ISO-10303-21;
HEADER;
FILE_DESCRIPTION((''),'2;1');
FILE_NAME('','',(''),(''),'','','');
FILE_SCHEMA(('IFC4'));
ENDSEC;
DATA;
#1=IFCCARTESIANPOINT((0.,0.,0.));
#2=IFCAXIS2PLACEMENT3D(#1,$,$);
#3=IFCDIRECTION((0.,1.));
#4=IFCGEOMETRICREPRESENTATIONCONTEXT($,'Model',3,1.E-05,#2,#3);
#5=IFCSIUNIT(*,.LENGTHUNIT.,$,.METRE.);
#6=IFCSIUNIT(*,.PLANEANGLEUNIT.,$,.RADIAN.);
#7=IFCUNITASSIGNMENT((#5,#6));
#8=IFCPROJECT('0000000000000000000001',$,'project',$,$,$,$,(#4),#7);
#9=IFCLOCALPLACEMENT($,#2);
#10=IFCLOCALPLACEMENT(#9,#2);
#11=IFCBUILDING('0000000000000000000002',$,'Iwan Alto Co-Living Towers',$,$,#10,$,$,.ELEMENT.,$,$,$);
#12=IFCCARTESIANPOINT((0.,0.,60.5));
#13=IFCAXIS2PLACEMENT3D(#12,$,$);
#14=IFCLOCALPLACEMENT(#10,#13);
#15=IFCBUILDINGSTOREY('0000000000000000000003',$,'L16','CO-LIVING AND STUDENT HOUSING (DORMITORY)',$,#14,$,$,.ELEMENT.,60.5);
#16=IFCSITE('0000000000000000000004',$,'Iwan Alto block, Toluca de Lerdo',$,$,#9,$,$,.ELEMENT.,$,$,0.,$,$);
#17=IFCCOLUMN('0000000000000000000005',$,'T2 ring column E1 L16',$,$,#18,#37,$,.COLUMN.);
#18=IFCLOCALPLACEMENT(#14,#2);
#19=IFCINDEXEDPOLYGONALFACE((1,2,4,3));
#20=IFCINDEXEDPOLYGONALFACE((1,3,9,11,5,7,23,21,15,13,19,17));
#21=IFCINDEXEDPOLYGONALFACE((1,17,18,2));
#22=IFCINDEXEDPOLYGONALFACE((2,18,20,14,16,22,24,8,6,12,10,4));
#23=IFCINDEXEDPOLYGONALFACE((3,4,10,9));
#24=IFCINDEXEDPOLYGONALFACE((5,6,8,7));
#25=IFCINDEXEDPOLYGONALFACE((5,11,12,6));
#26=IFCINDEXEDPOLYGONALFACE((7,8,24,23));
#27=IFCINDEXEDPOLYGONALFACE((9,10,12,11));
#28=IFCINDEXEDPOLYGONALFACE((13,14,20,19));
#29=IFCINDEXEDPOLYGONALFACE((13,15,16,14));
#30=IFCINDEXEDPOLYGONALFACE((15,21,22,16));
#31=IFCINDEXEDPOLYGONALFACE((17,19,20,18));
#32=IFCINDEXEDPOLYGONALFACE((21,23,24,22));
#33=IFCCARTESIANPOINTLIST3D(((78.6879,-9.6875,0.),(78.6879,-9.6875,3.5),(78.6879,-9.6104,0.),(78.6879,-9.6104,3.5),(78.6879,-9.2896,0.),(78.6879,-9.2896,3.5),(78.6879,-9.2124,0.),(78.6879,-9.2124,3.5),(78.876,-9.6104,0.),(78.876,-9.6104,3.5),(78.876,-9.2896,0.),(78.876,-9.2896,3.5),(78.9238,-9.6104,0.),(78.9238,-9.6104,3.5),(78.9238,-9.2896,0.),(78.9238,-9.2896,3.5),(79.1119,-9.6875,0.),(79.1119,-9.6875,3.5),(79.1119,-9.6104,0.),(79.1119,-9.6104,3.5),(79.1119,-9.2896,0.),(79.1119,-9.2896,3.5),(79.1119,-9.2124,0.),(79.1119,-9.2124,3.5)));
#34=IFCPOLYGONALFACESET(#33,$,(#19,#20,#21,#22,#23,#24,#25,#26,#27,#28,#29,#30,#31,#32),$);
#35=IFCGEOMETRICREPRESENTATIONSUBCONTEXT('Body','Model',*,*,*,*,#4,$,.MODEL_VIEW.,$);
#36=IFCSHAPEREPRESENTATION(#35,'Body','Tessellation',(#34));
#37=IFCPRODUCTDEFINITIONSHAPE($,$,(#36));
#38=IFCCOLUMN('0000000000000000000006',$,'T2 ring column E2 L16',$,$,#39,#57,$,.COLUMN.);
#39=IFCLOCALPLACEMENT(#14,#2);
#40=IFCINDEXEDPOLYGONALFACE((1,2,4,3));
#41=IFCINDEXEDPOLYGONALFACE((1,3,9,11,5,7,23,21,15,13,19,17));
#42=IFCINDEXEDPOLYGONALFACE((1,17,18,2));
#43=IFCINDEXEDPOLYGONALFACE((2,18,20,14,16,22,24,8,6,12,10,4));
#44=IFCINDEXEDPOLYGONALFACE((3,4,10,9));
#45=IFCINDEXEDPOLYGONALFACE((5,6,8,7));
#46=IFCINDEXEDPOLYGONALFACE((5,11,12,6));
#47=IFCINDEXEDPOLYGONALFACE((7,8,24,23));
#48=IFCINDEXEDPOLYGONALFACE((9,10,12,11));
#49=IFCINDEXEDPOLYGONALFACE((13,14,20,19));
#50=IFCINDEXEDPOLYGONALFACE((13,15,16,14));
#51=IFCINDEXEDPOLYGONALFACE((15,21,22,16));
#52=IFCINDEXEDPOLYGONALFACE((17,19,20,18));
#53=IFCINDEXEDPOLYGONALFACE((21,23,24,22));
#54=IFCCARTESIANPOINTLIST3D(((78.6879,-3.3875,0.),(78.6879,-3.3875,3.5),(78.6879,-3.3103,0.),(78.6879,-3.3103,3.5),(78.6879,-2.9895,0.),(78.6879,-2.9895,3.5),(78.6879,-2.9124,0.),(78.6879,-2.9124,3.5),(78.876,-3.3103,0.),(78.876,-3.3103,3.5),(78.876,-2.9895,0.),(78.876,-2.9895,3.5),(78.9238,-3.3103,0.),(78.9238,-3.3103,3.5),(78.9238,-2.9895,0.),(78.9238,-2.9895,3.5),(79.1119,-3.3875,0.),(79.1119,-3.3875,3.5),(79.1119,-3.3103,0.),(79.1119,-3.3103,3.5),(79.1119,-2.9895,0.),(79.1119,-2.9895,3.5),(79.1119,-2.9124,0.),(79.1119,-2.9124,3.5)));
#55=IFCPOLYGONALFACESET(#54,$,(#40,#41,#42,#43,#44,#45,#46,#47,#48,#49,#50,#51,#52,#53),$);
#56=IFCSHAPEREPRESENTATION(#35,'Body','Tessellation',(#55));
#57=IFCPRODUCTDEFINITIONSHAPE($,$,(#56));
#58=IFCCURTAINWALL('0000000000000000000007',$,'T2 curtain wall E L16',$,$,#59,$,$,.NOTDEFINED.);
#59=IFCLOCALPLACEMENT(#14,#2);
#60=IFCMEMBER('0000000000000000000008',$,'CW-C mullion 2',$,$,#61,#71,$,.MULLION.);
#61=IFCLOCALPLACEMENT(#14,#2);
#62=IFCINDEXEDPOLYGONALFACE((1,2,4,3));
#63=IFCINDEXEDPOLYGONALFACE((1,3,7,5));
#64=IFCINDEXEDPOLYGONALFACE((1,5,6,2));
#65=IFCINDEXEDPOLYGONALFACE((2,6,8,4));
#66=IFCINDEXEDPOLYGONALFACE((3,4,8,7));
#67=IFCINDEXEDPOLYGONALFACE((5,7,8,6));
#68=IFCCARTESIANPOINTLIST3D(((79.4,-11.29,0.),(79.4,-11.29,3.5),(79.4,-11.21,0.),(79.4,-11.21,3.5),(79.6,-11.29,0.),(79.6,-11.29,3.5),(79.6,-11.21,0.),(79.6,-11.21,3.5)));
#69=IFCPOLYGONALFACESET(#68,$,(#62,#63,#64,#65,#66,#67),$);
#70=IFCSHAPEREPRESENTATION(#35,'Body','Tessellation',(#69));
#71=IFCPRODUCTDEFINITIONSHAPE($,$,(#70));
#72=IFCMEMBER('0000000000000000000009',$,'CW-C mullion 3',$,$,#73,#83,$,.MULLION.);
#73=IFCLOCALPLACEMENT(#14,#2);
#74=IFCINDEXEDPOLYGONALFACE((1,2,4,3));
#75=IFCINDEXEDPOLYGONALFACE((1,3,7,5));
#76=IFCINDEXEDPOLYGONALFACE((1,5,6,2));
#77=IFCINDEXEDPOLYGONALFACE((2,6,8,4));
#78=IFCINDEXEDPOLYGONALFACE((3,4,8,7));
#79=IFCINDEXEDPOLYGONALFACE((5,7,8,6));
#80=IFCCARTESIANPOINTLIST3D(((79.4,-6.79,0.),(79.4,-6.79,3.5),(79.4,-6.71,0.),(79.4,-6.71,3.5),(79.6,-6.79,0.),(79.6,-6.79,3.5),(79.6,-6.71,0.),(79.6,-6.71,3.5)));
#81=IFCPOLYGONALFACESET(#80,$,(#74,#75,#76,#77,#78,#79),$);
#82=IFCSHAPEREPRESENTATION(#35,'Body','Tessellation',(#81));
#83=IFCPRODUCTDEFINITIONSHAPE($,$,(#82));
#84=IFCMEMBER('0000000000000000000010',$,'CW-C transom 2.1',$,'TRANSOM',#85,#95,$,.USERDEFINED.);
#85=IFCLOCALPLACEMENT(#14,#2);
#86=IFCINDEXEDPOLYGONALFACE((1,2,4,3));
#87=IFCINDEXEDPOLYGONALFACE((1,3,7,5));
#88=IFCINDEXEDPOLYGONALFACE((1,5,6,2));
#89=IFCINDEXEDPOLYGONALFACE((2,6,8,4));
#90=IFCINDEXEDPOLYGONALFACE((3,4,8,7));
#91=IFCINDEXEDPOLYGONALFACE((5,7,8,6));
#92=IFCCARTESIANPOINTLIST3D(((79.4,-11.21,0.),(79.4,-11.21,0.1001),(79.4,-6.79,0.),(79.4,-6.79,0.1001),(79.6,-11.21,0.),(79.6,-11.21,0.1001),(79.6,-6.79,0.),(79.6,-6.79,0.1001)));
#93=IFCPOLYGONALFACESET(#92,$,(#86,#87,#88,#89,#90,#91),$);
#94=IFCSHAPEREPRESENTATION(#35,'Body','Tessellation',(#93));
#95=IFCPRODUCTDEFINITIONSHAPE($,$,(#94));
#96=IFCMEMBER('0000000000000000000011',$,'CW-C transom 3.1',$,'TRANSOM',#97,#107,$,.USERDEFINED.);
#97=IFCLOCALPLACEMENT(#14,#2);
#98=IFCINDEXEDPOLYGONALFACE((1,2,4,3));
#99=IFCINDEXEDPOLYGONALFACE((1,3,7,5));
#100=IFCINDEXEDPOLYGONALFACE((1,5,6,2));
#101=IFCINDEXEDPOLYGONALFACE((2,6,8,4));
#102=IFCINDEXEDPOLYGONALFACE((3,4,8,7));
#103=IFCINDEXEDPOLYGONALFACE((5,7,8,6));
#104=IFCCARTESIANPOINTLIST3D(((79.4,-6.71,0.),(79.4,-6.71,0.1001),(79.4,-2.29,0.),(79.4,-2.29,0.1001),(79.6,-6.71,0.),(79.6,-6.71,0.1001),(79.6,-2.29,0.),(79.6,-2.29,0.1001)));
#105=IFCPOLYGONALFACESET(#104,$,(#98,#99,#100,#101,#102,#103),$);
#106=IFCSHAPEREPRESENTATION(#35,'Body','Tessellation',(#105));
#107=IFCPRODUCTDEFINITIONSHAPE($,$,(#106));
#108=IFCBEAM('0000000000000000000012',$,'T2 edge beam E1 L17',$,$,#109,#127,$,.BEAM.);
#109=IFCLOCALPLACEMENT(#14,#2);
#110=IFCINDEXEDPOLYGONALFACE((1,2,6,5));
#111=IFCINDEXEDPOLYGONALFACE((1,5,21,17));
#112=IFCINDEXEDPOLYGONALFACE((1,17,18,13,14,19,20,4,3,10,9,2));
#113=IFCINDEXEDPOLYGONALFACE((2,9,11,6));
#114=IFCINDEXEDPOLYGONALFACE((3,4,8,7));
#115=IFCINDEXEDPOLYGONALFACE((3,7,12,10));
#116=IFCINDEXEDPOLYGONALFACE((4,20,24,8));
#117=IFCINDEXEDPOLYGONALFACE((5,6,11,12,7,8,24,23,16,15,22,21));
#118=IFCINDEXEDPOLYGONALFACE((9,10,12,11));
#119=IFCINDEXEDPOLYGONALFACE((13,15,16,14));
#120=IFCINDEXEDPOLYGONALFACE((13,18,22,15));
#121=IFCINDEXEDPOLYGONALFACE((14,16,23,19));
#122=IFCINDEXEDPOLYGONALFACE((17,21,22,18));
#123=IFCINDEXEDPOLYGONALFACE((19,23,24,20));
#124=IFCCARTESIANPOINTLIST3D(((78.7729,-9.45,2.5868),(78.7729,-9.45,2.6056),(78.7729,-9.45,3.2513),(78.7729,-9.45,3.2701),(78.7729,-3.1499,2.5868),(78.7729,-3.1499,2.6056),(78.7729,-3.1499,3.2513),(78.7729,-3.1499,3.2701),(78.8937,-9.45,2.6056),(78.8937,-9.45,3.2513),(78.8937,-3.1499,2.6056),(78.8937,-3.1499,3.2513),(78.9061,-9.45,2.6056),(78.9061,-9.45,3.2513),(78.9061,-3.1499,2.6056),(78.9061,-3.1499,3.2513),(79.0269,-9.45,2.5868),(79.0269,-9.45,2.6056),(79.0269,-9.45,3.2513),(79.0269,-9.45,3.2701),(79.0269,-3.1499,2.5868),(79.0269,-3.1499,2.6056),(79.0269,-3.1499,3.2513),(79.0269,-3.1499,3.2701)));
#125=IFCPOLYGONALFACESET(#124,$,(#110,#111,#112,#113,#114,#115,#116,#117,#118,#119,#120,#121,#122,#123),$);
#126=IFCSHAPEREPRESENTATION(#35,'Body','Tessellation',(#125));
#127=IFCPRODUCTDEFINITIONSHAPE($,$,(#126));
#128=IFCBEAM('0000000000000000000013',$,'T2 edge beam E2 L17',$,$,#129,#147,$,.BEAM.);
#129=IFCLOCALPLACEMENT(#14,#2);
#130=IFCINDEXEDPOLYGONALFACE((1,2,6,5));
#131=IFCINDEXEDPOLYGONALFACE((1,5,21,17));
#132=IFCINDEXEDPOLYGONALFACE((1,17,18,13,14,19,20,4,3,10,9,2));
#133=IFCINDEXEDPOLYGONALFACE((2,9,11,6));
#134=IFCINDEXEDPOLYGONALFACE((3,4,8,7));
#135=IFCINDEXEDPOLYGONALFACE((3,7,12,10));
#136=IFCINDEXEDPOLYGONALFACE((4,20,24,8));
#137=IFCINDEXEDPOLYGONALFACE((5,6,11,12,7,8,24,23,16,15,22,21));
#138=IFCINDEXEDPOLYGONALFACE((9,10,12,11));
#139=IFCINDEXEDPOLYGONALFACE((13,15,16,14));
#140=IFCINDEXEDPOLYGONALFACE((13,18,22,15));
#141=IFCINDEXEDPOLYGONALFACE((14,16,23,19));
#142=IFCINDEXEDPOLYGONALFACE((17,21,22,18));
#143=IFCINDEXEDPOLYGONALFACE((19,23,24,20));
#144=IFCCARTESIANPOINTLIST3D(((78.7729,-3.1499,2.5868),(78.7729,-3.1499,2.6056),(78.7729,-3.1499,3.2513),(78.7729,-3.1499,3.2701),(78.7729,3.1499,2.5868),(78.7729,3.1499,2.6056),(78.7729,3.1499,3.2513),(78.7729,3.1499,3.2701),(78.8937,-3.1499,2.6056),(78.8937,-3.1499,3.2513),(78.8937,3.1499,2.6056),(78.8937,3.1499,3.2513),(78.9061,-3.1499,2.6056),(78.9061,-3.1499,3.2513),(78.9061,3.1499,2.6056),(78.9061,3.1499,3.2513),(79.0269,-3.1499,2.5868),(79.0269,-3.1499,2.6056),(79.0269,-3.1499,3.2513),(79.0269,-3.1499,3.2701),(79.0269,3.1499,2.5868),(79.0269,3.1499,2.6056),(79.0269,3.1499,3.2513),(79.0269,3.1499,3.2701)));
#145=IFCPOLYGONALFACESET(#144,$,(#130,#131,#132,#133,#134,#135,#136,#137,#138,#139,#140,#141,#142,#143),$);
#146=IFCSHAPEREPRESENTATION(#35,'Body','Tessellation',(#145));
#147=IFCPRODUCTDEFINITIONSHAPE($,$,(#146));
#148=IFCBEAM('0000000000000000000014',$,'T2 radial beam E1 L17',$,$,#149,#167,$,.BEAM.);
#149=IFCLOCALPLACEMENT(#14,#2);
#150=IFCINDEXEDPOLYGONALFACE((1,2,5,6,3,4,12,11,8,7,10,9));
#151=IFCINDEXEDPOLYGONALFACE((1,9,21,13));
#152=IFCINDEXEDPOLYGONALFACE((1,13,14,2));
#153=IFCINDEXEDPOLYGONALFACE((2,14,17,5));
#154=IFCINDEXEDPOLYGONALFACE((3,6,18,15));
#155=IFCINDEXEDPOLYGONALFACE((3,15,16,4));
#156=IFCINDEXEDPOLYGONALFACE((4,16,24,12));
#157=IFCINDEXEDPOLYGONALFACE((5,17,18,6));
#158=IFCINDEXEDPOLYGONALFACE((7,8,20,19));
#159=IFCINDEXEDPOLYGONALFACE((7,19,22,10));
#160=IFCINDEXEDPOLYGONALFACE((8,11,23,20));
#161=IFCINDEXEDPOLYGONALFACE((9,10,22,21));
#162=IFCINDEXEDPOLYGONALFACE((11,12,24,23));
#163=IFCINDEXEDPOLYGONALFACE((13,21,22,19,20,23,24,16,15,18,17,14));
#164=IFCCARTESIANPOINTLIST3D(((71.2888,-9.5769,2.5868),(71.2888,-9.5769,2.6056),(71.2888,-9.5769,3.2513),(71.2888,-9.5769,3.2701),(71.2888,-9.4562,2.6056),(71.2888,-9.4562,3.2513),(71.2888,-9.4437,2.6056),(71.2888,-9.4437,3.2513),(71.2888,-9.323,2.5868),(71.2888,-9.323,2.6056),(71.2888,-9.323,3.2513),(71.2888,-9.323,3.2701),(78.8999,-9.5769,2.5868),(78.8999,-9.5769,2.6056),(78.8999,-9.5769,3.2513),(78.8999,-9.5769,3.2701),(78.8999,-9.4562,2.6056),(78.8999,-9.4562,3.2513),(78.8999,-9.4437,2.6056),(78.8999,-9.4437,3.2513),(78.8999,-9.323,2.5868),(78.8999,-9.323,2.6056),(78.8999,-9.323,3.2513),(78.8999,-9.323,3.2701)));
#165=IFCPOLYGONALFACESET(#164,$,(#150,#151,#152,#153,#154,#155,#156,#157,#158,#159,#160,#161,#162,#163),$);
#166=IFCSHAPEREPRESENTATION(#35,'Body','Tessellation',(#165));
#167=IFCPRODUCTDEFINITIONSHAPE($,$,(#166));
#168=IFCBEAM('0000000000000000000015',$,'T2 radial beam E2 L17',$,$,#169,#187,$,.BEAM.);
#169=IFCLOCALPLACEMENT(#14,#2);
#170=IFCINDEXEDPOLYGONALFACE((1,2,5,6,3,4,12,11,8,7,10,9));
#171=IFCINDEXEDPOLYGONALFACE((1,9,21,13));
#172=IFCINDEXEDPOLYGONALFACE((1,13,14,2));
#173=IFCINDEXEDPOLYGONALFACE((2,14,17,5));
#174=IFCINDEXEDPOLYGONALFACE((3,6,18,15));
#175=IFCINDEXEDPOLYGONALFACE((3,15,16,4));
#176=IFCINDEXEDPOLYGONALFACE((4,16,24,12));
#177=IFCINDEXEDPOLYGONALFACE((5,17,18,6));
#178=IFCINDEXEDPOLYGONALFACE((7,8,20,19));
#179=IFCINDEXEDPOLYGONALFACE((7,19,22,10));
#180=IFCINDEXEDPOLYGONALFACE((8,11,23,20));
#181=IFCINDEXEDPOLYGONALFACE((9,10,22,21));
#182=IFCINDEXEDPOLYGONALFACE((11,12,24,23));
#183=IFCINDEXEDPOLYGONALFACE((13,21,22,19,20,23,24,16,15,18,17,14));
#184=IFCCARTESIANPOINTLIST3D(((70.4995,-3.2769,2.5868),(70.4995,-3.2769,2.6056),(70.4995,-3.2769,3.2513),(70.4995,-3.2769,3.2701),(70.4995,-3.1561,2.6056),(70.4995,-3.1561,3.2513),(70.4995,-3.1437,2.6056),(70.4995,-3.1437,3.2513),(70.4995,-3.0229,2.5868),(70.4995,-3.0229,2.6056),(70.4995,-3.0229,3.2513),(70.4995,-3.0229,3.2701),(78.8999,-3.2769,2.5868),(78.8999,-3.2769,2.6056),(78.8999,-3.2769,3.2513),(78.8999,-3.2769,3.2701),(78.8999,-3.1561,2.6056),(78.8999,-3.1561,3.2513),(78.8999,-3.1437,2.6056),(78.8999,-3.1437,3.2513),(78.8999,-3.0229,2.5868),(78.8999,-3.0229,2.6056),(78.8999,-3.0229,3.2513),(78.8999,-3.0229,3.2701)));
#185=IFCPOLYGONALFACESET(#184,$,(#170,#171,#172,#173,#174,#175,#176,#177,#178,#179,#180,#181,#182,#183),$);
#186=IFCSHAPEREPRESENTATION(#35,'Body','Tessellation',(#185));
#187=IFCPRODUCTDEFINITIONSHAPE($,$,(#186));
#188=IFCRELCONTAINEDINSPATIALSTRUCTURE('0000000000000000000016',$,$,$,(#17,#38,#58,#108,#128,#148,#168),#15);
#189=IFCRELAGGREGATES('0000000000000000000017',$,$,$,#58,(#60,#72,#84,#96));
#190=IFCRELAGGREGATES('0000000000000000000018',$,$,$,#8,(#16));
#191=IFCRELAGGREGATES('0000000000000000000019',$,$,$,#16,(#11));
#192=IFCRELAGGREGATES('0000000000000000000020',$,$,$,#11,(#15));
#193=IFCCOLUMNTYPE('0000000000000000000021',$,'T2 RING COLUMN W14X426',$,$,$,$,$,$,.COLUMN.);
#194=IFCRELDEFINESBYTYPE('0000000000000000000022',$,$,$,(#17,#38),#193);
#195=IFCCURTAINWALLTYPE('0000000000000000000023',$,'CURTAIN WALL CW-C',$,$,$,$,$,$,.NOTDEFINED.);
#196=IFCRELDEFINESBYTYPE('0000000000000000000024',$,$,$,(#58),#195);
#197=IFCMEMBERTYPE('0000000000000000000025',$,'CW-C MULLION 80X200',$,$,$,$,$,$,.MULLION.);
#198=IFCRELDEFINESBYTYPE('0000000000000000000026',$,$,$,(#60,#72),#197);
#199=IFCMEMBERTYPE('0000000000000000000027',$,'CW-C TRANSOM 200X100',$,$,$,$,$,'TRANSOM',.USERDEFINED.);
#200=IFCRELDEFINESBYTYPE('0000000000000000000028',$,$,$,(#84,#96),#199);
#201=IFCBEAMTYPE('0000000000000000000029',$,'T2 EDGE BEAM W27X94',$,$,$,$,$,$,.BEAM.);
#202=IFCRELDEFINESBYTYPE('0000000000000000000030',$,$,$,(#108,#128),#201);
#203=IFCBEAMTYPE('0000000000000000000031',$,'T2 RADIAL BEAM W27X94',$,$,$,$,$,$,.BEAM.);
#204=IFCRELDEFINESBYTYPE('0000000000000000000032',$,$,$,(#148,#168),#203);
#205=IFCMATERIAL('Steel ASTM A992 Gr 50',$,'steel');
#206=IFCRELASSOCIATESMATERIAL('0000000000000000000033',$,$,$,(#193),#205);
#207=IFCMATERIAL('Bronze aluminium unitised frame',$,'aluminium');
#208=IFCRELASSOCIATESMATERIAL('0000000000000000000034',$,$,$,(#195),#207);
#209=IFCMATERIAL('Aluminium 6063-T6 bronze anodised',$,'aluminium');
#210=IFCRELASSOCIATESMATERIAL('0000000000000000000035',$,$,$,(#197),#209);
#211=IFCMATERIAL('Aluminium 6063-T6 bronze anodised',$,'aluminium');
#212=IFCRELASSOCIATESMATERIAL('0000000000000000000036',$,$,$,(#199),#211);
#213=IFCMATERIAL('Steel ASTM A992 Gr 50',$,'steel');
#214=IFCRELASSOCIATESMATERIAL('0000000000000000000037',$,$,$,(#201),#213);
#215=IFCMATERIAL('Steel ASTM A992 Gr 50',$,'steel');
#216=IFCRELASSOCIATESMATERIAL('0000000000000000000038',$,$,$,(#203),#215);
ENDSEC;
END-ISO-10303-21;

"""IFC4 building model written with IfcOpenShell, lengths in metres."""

from ifc_helpers import new_model, si_unit, direction, frame, origin, origin_2d, place, context, subcontext, project, spatial, rectangle, i_section, extrude, material, material_profile, profile_set, type_object, element, aggregate, save


model = new_model("IFC4")

# Units and contexts
model_context = context("Model", 3, precision=1e-05, world=origin(), true_north=direction((0.0, 1.0)))
body_context = subcontext(model_context, "Body", "Model", "MODEL_VIEW")
ifc_project = project(units=[si_unit("LENGTHUNIT", "METRE"), si_unit("PLANEANGLEUNIT", "RADIAN")], contexts=[model_context])

# Site, building, storey
site_placement = place(None, origin())
site = spatial("IfcSite", under=ifc_project, at=site_placement, Name="Iwan Alto block, Toluca de Lerdo", CompositionType="ELEMENT", RefElevation=0.0)
building_placement = place(site_placement, origin())
building = spatial("IfcBuilding", under=site, at=building_placement, Name="Iwan Alto Co-Living Towers", CompositionType="ELEMENT")
storey_placement = place(building_placement, frame((0.0, 0.0, 60.5)))
storey = spatial("IfcBuildingStorey", under=building, at=storey_placement, Name="L16", Description="CO-LIVING AND STUDENT HOUSING (DORMITORY)", CompositionType="ELEMENT", Elevation=60.5)

# Columns
ifc_material_1 = material(Name="Steel ASTM A992 Gr 50", Category="steel")
ifc_material_profile_1 = material_profile(ifc_material_1, i_section(OverallWidth=0.4241, OverallDepth=0.4751, WebThickness=0.0479, FlangeThickness=0.0771, at=origin_2d()), Name="W14X426")
ifc_profile_set_1 = profile_set([ifc_material_profile_1], Name="Steel ASTM A992 Gr 50")
column_type = type_object("IfcColumnType", Name="T2 RING COLUMN W14X426", PredefinedType="COLUMN", material=ifc_profile_set_1)
for number, where, z_axis, x_axis, name in (
    (1, (78.8999, -9.45, 0.0), (0.0, 0.0, 1.0), (1.0, 0.0, 0.0), "T2 ring column E1 L16"),
    (2, (78.8999, -3.1499, 0.0), (0.0, 0.0, 1.0), (1.0, 0.0, 0.0), "T2 ring column E2 L16"),
):
    element("IfcColumn", number, at=place(storey_placement, frame(where, z_axis=z_axis, x_axis=x_axis)), inside=storey, type_object=column_type, Name=name, PredefinedType="COLUMN", context=body_context, shape_type="SweptSolid", body=[
        extrude(i_section(OverallWidth=0.4241, OverallDepth=0.4751, WebThickness=0.0479, FlangeThickness=0.0771, at=origin_2d()), origin(), (0.0, 0.0, 1.0), 3.5),
    ])

# Curtain wall, members
ifc_material_2 = material(Name="Bronze aluminium unitised frame", Category="aluminium")
curtain_wall_type = type_object("IfcCurtainWallType", Name="CURTAIN WALL CW-C", PredefinedType="NOTDEFINED", material=ifc_material_2)
curtain_wall_placement = place(storey_placement, origin())
curtain_wall = element("IfcCurtainWall", 3, at=curtain_wall_placement, inside=storey, type_object=curtain_wall_type, Name="T2 curtain wall E L16", PredefinedType="NOTDEFINED")
ifc_material_3 = material(Name="Aluminium 6063-T6 bronze anodised", Category="aluminium")
ifc_material_profile_2 = material_profile(ifc_material_3, rectangle(XDim=0.2, YDim=0.0801, at=origin_2d()), Name="AL 80X200")
ifc_profile_set_2 = profile_set([ifc_material_profile_2], Name="Aluminium 6063-T6 bronze anodised")
member_type_1 = type_object("IfcMemberType", Name="CW-C MULLION 80X200", PredefinedType="MULLION", material=ifc_profile_set_2)
member_1_placement = place(storey_placement, frame((79.5, -11.25, 0.0), z_axis=(0.0, 0.0, 1.0), x_axis=(-1.0, 0.0, 0.0)))
member_1 = element("IfcMember", 4, at=member_1_placement, type_object=member_type_1, Name="CW-C mullion 2", PredefinedType="MULLION", context=body_context, shape_type="SweptSolid", body=[
    extrude(rectangle(XDim=0.2, YDim=0.0801, at=origin_2d()), origin(), (0.0, 0.0, 1.0), 3.5),
])
member_2_placement = place(storey_placement, frame((79.5, -6.75, 0.0), z_axis=(0.0, 0.0, 1.0), x_axis=(-1.0, 0.0, 0.0)))
member_2 = element("IfcMember", 5, at=member_2_placement, type_object=member_type_1, Name="CW-C mullion 3", PredefinedType="MULLION", context=body_context, shape_type="SweptSolid", body=[
    extrude(rectangle(XDim=0.2, YDim=0.0801, at=origin_2d()), origin(), (0.0, 0.0, 1.0), 3.5),
])
ifc_material_4 = material(Name="Aluminium 6063-T6 bronze anodised", Category="aluminium")
ifc_material_profile_3 = material_profile(ifc_material_4, rectangle(XDim=0.2, YDim=0.1001, at=origin_2d()), Name="AL 200X100")
ifc_profile_set_3 = profile_set([ifc_material_profile_3], Name="Aluminium 6063-T6 bronze anodised")
member_type_2 = type_object("IfcMemberType", Name="CW-C TRANSOM 200X100", ElementType="TRANSOM", PredefinedType="USERDEFINED", material=ifc_profile_set_3)
member_3_placement = place(storey_placement, frame((79.5, -11.21, 0.05), z_axis=(0.0, 1.0, 0.0), x_axis=(-1.0, 0.0, 0.0)))
member_3 = element("IfcMember", 6, at=member_3_placement, type_object=member_type_2, Name="CW-C transom 2.1", ObjectType="TRANSOM", PredefinedType="USERDEFINED", context=body_context, shape_type="SweptSolid", body=[
    extrude(rectangle(XDim=0.2, YDim=0.1001, at=origin_2d()), origin(), (0.0, 0.0, 1.0), 4.4199),
])
member_4_placement = place(storey_placement, frame((79.5, -6.71, 0.05), z_axis=(0.0, 1.0, 0.0), x_axis=(-1.0, 0.0, 0.0)))
member_4 = element("IfcMember", 7, at=member_4_placement, type_object=member_type_2, Name="CW-C transom 3.1", ObjectType="TRANSOM", PredefinedType="USERDEFINED", context=body_context, shape_type="SweptSolid", body=[
    extrude(rectangle(XDim=0.2, YDim=0.1001, at=origin_2d()), origin(), (0.0, 0.0, 1.0), 4.4199),
])

# Beams
ifc_material_5 = material(Name="Steel ASTM A992 Gr 50", Category="steel")
ifc_material_profile_4 = material_profile(ifc_material_5, i_section(OverallWidth=0.2539, OverallDepth=0.6833, WebThickness=0.0125, FlangeThickness=0.0188, at=origin_2d()), Name="W27X94")
ifc_profile_set_4 = profile_set([ifc_material_profile_4], Name="Steel ASTM A992 Gr 50")
beam_type_1 = type_object("IfcBeamType", Name="T2 EDGE BEAM W27X94", PredefinedType="BEAM", material=ifc_profile_set_4)
beam_1_placement = place(storey_placement, frame((78.8999, -9.45, 2.9285), z_axis=(0.0, 1.0, 0.0), x_axis=(-1.0, 0.0, 0.0)))
element("IfcBeam", 8, at=beam_1_placement, inside=storey, type_object=beam_type_1, Name="T2 edge beam E1 L17", PredefinedType="BEAM", context=body_context, shape_type="SweptSolid", body=[
    extrude(i_section(OverallWidth=0.2539, OverallDepth=0.6833, WebThickness=0.0125, FlangeThickness=0.0188, at=origin_2d()), origin(), (0.0, 0.0, 1.0), 6.3),
])
beam_2_placement = place(storey_placement, frame((78.8999, -3.1499, 2.9285), z_axis=(0.0, 1.0, 0.0), x_axis=(-1.0, 0.0, 0.0)))
element("IfcBeam", 9, at=beam_2_placement, inside=storey, type_object=beam_type_1, Name="T2 edge beam E2 L17", PredefinedType="BEAM", context=body_context, shape_type="SweptSolid", body=[
    extrude(i_section(OverallWidth=0.2539, OverallDepth=0.6833, WebThickness=0.0125, FlangeThickness=0.0188, at=origin_2d()), origin(), (0.0, 0.0, 1.0), 6.2998),
])
ifc_material_6 = material(Name="Steel ASTM A992 Gr 50", Category="steel")
ifc_material_profile_5 = material_profile(ifc_material_6, i_section(OverallWidth=0.2539, OverallDepth=0.6833, WebThickness=0.0125, FlangeThickness=0.0188, at=origin_2d()), Name="W27X94")
ifc_profile_set_5 = profile_set([ifc_material_profile_5], Name="Steel ASTM A992 Gr 50")
beam_type_2 = type_object("IfcBeamType", Name="T2 RADIAL BEAM W27X94", PredefinedType="BEAM", material=ifc_profile_set_5)
beam_3_placement = place(storey_placement, frame((78.8999, -9.45, 2.9285), z_axis=(-1.0, 0.0, 0.0), x_axis=(0.0, -1.0, 0.0)))
element("IfcBeam", 10, at=beam_3_placement, inside=storey, type_object=beam_type_2, Name="T2 radial beam E1 L17", PredefinedType="BEAM", context=body_context, shape_type="SweptSolid", body=[
    extrude(i_section(OverallWidth=0.2539, OverallDepth=0.6833, WebThickness=0.0125, FlangeThickness=0.0188, at=origin_2d()), origin(), (0.0, 0.0, 1.0), 7.6111),
])
beam_4_placement = place(storey_placement, frame((78.8999, -3.1499, 2.9285), z_axis=(-1.0, 0.0, 0.0), x_axis=(0.0, -1.0, 0.0)))
element("IfcBeam", 11, at=beam_4_placement, inside=storey, type_object=beam_type_2, Name="T2 radial beam E2 L17", PredefinedType="BEAM", context=body_context, shape_type="SweptSolid", body=[
    extrude(i_section(OverallWidth=0.2539, OverallDepth=0.6833, WebThickness=0.0125, FlangeThickness=0.0188, at=origin_2d()), origin(), (0.0, 0.0, 1.0), 8.4004),
])

aggregate(curtain_wall, [member_1, member_2, member_3, member_4])

save(model, "model.ifc")
